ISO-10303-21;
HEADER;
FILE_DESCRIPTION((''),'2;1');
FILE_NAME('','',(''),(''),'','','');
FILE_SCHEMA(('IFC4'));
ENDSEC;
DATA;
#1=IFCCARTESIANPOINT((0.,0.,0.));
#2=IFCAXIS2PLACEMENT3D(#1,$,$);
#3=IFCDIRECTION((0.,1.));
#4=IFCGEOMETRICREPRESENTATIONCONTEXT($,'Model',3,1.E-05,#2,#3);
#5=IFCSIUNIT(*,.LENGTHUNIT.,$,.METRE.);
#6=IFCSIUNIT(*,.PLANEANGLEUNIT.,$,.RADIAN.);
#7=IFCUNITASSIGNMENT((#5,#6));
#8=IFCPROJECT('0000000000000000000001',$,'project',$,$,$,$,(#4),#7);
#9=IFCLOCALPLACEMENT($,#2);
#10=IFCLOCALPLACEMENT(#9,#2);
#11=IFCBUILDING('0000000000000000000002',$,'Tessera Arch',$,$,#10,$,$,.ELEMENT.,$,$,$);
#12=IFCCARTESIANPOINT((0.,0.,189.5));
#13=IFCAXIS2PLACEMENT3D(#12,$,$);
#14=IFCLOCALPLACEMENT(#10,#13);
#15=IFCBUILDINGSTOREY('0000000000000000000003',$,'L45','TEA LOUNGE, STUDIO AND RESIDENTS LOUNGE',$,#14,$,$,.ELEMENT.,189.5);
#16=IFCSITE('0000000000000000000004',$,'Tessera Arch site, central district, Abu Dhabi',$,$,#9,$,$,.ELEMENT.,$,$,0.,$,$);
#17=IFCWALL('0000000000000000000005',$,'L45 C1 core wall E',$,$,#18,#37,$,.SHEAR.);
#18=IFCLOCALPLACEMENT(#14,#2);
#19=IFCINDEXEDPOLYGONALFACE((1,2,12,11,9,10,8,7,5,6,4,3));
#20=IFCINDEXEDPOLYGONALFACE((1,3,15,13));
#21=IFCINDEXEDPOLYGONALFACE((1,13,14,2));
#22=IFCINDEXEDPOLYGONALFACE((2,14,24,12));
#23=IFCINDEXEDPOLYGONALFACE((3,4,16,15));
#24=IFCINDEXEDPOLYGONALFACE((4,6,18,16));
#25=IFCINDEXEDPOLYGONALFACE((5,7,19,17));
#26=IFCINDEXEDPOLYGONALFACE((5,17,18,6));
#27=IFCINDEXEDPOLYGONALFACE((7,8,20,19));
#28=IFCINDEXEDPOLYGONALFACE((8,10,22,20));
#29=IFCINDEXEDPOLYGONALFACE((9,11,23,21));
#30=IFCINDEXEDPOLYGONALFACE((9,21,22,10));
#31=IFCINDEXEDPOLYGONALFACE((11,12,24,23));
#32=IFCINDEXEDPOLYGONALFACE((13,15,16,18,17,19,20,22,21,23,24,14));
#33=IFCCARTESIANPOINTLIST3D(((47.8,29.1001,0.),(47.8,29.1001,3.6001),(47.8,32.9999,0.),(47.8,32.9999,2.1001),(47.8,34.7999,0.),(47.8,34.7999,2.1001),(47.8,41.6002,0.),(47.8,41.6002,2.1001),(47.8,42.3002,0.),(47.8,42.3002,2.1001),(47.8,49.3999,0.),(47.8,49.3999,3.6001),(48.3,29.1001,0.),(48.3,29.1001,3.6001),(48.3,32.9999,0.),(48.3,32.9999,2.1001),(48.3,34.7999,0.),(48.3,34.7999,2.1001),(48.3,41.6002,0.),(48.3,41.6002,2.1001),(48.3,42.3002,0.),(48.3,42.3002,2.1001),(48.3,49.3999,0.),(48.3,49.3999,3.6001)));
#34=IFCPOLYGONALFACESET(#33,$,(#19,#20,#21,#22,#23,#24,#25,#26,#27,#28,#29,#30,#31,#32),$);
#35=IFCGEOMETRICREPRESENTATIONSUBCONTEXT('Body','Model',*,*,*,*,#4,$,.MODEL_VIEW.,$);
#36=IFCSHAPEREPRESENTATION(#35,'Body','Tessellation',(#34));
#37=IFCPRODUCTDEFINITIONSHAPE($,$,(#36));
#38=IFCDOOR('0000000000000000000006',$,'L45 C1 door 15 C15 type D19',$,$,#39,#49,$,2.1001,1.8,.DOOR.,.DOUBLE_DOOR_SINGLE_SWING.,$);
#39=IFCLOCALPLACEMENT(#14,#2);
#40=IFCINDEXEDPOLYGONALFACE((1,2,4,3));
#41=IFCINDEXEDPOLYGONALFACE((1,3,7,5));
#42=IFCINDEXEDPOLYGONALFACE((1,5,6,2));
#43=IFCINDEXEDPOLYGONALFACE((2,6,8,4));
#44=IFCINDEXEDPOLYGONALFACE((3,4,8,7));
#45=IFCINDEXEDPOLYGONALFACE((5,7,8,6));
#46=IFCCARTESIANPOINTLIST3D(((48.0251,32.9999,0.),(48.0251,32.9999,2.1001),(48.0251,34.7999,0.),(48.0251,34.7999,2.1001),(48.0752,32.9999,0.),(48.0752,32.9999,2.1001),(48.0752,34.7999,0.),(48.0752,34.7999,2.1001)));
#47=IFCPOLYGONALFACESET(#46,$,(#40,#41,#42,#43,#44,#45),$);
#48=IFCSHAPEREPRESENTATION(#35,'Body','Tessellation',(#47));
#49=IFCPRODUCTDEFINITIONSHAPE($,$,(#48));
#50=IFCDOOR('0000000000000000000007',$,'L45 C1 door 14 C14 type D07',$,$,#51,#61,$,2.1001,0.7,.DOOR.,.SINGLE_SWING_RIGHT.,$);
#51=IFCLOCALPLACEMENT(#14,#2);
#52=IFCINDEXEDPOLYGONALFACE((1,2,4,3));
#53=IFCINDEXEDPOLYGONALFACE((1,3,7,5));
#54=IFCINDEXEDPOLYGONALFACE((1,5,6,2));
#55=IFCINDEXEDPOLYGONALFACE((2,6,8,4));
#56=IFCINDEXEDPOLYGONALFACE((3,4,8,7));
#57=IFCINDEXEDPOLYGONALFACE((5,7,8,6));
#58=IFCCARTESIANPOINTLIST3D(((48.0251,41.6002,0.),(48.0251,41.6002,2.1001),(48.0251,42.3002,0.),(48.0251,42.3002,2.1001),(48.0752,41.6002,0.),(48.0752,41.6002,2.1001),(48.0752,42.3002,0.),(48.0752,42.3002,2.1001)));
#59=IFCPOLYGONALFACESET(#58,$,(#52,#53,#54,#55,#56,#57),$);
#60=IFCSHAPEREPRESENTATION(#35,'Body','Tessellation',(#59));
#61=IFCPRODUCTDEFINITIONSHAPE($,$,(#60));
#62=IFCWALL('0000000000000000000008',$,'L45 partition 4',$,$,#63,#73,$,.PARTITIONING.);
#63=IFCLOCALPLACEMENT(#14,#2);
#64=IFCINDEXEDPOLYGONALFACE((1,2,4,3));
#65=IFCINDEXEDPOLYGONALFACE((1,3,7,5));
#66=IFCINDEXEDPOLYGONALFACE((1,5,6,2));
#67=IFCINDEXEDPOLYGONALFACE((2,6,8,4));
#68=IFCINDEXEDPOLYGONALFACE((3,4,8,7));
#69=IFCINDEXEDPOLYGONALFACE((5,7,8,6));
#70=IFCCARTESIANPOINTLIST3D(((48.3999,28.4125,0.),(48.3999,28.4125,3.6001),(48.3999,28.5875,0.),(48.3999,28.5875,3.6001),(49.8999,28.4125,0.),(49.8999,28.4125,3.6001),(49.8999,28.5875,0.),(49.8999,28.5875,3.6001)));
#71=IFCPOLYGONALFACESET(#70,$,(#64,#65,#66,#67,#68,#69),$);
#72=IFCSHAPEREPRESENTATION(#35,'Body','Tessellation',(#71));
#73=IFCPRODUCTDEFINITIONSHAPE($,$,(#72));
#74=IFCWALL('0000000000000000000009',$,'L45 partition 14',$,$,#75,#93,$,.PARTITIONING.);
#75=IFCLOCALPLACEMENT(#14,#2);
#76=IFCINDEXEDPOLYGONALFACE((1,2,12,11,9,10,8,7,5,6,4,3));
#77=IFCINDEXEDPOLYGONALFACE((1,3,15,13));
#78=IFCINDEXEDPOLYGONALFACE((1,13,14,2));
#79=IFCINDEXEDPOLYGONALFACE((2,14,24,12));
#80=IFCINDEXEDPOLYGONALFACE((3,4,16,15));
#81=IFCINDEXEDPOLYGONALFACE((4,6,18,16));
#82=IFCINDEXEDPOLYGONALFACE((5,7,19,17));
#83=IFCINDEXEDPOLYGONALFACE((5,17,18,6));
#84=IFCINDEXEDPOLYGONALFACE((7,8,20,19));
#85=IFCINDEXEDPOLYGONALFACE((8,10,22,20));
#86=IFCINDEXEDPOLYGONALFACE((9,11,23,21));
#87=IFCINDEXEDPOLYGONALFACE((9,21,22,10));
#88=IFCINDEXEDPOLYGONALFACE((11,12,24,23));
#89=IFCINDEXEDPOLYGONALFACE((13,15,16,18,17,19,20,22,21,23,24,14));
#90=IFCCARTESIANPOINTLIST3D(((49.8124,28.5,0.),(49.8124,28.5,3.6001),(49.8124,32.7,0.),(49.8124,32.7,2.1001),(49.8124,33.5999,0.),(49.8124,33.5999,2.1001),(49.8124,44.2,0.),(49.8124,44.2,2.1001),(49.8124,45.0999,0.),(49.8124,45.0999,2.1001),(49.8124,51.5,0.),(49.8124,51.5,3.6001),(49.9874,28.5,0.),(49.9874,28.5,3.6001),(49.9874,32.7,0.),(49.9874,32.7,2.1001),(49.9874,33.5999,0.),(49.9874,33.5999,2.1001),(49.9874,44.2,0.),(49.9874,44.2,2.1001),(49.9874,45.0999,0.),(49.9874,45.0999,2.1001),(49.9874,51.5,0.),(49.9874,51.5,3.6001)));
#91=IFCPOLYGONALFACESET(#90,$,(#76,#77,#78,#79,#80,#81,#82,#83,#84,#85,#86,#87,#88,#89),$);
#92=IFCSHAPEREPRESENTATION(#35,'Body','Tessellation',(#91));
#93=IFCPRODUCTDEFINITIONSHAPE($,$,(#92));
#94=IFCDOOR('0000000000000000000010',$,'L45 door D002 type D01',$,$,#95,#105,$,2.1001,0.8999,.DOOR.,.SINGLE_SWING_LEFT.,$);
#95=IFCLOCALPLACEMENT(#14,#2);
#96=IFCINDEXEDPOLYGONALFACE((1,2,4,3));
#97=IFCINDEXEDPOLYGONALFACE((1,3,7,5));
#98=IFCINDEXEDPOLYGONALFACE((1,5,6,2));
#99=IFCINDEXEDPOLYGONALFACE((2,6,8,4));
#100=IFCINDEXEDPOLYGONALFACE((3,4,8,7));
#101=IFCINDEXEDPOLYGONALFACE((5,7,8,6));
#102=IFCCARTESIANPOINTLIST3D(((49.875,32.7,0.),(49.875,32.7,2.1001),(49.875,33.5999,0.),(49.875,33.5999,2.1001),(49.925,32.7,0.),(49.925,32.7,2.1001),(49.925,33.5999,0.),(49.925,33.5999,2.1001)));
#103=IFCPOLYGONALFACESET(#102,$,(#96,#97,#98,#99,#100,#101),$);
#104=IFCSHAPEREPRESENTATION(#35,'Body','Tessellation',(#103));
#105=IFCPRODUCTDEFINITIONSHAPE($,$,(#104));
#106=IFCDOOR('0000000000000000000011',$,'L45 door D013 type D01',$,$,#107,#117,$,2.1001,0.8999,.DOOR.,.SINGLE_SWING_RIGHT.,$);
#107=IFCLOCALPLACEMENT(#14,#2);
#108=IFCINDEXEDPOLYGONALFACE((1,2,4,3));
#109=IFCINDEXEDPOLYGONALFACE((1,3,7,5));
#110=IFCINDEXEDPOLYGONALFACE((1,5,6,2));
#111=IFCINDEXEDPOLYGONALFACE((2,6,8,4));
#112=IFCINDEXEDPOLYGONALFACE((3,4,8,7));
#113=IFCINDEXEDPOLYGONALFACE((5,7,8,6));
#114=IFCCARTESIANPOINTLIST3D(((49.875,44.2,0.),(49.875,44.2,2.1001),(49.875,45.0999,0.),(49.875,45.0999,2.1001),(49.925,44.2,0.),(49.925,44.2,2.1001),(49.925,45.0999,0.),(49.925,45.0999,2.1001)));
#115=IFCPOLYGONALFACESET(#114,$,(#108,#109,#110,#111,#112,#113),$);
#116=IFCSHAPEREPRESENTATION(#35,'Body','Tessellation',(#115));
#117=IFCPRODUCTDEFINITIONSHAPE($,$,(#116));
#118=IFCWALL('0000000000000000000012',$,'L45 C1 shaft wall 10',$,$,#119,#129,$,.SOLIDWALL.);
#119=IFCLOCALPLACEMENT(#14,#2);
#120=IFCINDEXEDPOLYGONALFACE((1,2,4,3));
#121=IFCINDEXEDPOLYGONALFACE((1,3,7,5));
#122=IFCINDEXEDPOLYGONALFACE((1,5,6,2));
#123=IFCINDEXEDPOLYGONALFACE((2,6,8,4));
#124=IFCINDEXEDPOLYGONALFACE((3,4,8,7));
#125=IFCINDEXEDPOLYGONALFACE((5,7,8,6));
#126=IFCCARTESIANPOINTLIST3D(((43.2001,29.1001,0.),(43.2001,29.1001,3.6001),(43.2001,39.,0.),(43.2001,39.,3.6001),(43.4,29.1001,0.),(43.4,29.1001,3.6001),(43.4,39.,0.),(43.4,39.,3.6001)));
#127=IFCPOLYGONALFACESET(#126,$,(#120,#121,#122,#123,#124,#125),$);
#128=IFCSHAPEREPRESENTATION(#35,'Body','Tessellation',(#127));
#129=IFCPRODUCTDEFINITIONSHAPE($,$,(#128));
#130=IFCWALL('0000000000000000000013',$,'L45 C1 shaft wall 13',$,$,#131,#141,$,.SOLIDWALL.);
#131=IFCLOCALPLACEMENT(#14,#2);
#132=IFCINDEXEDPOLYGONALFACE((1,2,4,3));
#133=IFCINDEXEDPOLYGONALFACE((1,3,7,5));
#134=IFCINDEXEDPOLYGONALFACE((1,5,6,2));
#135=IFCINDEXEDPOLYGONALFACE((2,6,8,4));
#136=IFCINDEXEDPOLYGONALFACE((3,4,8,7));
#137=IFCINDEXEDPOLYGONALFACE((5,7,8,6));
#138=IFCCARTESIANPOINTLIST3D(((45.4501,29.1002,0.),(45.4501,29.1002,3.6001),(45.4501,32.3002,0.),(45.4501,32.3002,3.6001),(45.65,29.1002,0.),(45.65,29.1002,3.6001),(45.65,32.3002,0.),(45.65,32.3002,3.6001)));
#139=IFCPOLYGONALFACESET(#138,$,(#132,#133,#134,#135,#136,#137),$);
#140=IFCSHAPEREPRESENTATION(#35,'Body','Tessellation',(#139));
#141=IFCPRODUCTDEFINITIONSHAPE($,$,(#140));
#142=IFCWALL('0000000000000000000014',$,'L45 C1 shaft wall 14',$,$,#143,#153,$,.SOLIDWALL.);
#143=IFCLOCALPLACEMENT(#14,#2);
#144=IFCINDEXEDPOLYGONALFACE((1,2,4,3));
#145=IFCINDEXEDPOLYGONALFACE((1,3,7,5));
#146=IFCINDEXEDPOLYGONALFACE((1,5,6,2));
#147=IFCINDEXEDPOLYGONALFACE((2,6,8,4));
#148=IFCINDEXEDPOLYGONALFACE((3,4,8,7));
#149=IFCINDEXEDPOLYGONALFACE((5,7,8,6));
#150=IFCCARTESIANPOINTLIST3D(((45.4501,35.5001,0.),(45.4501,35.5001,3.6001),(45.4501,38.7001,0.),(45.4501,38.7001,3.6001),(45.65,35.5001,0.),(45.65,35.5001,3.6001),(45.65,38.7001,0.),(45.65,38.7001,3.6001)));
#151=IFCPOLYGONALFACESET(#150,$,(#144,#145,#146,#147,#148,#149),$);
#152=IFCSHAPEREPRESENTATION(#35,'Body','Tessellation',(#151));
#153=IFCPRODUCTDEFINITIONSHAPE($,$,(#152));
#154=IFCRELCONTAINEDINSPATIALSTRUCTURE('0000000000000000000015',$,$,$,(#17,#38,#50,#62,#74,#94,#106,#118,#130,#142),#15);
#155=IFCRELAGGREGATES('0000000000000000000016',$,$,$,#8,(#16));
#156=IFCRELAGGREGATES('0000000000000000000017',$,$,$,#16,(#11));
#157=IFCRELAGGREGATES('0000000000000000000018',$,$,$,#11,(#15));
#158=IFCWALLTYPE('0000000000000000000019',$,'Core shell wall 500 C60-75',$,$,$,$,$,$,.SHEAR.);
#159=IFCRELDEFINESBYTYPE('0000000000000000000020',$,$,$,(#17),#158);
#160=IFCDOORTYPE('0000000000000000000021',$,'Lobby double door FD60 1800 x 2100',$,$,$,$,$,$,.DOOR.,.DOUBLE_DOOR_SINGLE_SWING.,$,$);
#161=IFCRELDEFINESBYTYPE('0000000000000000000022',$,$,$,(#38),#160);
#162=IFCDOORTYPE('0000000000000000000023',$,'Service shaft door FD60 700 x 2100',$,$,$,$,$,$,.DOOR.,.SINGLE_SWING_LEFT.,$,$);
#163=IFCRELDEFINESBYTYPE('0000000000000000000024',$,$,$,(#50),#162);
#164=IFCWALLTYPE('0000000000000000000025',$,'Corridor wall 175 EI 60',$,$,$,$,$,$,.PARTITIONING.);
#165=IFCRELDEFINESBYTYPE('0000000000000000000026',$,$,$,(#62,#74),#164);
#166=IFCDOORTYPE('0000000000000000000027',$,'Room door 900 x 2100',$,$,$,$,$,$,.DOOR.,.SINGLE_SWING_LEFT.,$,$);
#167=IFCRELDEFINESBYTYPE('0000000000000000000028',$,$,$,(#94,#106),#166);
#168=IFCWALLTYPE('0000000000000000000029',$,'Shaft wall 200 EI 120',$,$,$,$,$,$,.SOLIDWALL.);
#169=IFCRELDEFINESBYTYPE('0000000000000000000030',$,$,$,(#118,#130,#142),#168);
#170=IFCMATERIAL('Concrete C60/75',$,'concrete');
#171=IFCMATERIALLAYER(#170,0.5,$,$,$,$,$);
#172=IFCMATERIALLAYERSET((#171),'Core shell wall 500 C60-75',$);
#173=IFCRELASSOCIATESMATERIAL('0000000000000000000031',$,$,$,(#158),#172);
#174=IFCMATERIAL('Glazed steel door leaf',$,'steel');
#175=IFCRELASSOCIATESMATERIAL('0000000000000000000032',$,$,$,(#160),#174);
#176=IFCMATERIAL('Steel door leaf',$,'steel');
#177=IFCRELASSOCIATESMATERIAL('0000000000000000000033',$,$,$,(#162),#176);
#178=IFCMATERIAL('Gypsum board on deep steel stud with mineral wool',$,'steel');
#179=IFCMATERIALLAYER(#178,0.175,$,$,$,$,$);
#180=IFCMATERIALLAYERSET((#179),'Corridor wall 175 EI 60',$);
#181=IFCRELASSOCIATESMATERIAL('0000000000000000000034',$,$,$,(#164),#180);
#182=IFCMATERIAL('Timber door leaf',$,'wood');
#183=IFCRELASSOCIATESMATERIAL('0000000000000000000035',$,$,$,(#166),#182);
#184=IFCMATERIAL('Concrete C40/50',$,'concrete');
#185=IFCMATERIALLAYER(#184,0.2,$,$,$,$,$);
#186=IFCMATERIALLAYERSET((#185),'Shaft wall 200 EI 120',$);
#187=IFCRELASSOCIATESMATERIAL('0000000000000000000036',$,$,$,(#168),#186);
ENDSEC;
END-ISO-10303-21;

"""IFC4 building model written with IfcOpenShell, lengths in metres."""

from ifc_helpers import new_model, si_unit, direction, frame, frame_2d, origin, place, context, subcontext, project, spatial, rectangle, extrude, material, layer, layer_set, type_object, element, fill, save


model = new_model("IFC4")

# Units and contexts
model_context = context("Model", 3, precision=1e-05, world=origin(), true_north=direction((0.0, 1.0)))
body_context = subcontext(model_context, "Body", "Model", "MODEL_VIEW")
ifc_project = project(units=[si_unit("LENGTHUNIT", "METRE"), si_unit("PLANEANGLEUNIT", "RADIAN")], contexts=[model_context])

# Site, building, storey
site_placement = place(None, origin())
site = spatial("IfcSite", under=ifc_project, at=site_placement, Name="Tessera Arch site, central district, Abu Dhabi", CompositionType="ELEMENT", RefElevation=0.0)
building_placement = place(site_placement, origin())
building = spatial("IfcBuilding", under=site, at=building_placement, Name="Tessera Arch", CompositionType="ELEMENT")
storey_placement = place(building_placement, frame((0.0, 0.0, 189.5)))
storey = spatial("IfcBuildingStorey", under=building, at=storey_placement, Name="L45", Description="TEA LOUNGE, STUDIO AND RESIDENTS LOUNGE", CompositionType="ELEMENT", Elevation=189.5)

# Wall, openings, doors
ifc_material_1 = material(Name="Concrete C60/75", Category="concrete")
ifc_layer_1 = layer(ifc_material_1, 0.5)
ifc_layer_set_1 = layer_set([ifc_layer_1], Name="Core shell wall 500 C60-75")
wall_type_1 = type_object("IfcWallType", Name="Core shell wall 500 C60-75", PredefinedType="SHEAR", material=ifc_layer_set_1)
wall_1_placement = place(storey_placement, frame((48.05, 29.1001, 0.0), z_axis=(0.0, 0.0, 1.0), x_axis=(0.0, 1.0, 0.0)))
wall_1 = element("IfcWall", 1, at=wall_1_placement, inside=storey, type_object=wall_type_1, Name="L45 C1 core wall E", PredefinedType="SHEAR", context=body_context, shape_type="SweptSolid", body=[
    extrude(rectangle(XDim=20.2998, YDim=0.5, at=frame_2d((10.1499, 0.0))), origin(), (0.0, 0.0, 1.0), 3.6001),
])
opening_1_placement = place(wall_1_placement, frame((12.5, 0.0, 0.0)))
opening_1 = element("IfcOpeningElement", 2, at=opening_1_placement, cuts=wall_1, PredefinedType="OPENING", context=body_context, shape_type="SweptSolid", body=[
    extrude(rectangle(XDim=0.7, YDim=2.1001, at=frame_2d((0.3501, 1.05))), frame((0.0, 0.26, 0.0), z_axis=(0.0, -1.0, 0.0), x_axis=(1.0, 0.0, 0.0)), (0.0, 0.0, 1.0), 0.52),
])
opening_2_placement = place(wall_1_placement, frame((3.8999, 0.0, 0.0)))
opening_2 = element("IfcOpeningElement", 3, at=opening_2_placement, cuts=wall_1, PredefinedType="OPENING", context=body_context, shape_type="SweptSolid", body=[
    extrude(rectangle(XDim=1.8, YDim=2.1001, at=frame_2d((0.8999, 1.05))), frame((0.0, 0.26, 0.0), z_axis=(0.0, -1.0, 0.0), x_axis=(1.0, 0.0, 0.0)), (0.0, 0.0, 1.0), 0.52),
])
ifc_material_2 = material(Name="Glazed steel door leaf", Category="steel")
door_type_1 = type_object("IfcDoorType", Name="Lobby double door FD60 1800 x 2100", OperationType="DOUBLE_DOOR_SINGLE_SWING", PredefinedType="DOOR", material=ifc_material_2)
door_1_placement = place(opening_2_placement, origin())
door_1 = element("IfcDoor", 4, at=door_1_placement, inside=storey, type_object=door_type_1, Name="L45 C1 door 15 C15 type D19", OperationType="DOUBLE_DOOR_SINGLE_SWING", OverallHeight=2.1001, OverallWidth=1.8, PredefinedType="DOOR", context=body_context, shape_type="SweptSolid", body=[
    extrude(rectangle(XDim=1.8, YDim=2.1001, at=frame_2d((0.8999, 1.05))), frame((0.0, 0.0249, 0.0), z_axis=(0.0, -1.0, 0.0), x_axis=(1.0, 0.0, 0.0)), (0.0, 0.0, 1.0), 0.05),
])
fill(opening_2, door_1)
ifc_material_3 = material(Name="Steel door leaf", Category="steel")
door_type_2 = type_object("IfcDoorType", Name="Service shaft door FD60 700 x 2100", OperationType="SINGLE_SWING_LEFT", PredefinedType="DOOR", material=ifc_material_3)
door_2_placement = place(opening_1_placement, origin())
door_2 = element("IfcDoor", 5, at=door_2_placement, inside=storey, type_object=door_type_2, Name="L45 C1 door 14 C14 type D07", OperationType="SINGLE_SWING_RIGHT", OverallHeight=2.1001, OverallWidth=0.7, PredefinedType="DOOR", context=body_context, shape_type="SweptSolid", body=[
    extrude(rectangle(XDim=0.7, YDim=2.1001, at=frame_2d((0.3501, 1.05))), frame((0.0, 0.0249, 0.0), z_axis=(0.0, -1.0, 0.0), x_axis=(1.0, 0.0, 0.0)), (0.0, 0.0, 1.0), 0.05),
])
fill(opening_1, door_2)

# Wall
ifc_material_4 = material(Name="Gypsum board on deep steel stud with mineral wool", Category="steel")
ifc_layer_2 = layer(ifc_material_4, 0.175)
ifc_layer_set_2 = layer_set([ifc_layer_2], Name="Corridor wall 175 EI 60")
wall_type_2 = type_object("IfcWallType", Name="Corridor wall 175 EI 60", PredefinedType="PARTITIONING", material=ifc_layer_set_2)
wall_2_placement = place(storey_placement, frame((48.3999, 28.5, 0.0), z_axis=(0.0, 0.0, 1.0), x_axis=(1.0, 0.0, 0.0)))
element("IfcWall", 6, at=wall_2_placement, inside=storey, type_object=wall_type_2, Name="L45 partition 4", PredefinedType="PARTITIONING", context=body_context, shape_type="SweptSolid", body=[
    extrude(rectangle(XDim=1.5, YDim=0.175, at=frame_2d((0.75, 0.0))), origin(), (0.0, 0.0, 1.0), 3.6001),
])

# Wall, openings, doors
wall_3_placement = place(storey_placement, frame((49.8999, 28.5, 0.0), z_axis=(0.0, 0.0, 1.0), x_axis=(0.0, 1.0, 0.0)))
wall_3 = element("IfcWall", 7, at=wall_3_placement, inside=storey, type_object=wall_type_2, Name="L45 partition 14", PredefinedType="PARTITIONING", context=body_context, shape_type="SweptSolid", body=[
    extrude(rectangle(XDim=23.0, YDim=0.175, at=frame_2d((11.5, 0.0))), origin(), (0.0, 0.0, 1.0), 3.6001),
])
opening_3_placement = place(wall_3_placement, frame((4.2, 0.0, 0.0)))
opening_3 = element("IfcOpeningElement", 8, at=opening_3_placement, cuts=wall_3, PredefinedType="OPENING", context=body_context, shape_type="SweptSolid", body=[
    extrude(rectangle(XDim=0.8999, YDim=2.1001, at=frame_2d((0.45, 1.05))), frame((0.0, 0.0974, 0.0), z_axis=(0.0, -1.0, 0.0), x_axis=(1.0, 0.0, 0.0)), (0.0, 0.0, 1.0), 0.1951),
])
opening_4_placement = place(wall_3_placement, frame((15.7, 0.0, 0.0)))
opening_4 = element("IfcOpeningElement", 9, at=opening_4_placement, cuts=wall_3, PredefinedType="OPENING", context=body_context, shape_type="SweptSolid", body=[
    extrude(rectangle(XDim=0.8999, YDim=2.1001, at=frame_2d((0.45, 1.05))), frame((0.0, 0.0974, 0.0), z_axis=(0.0, -1.0, 0.0), x_axis=(1.0, 0.0, 0.0)), (0.0, 0.0, 1.0), 0.1951),
])
ifc_material_5 = material(Name="Timber door leaf", Category="wood")
door_type_3 = type_object("IfcDoorType", Name="Room door 900 x 2100", OperationType="SINGLE_SWING_LEFT", PredefinedType="DOOR", material=ifc_material_5)
door_3_placement = place(opening_3_placement, origin())
door_3 = element("IfcDoor", 10, at=door_3_placement, inside=storey, type_object=door_type_3, Name="L45 door D002 type D01", OperationType="SINGLE_SWING_LEFT", OverallHeight=2.1001, OverallWidth=0.8999, PredefinedType="DOOR", context=body_context, shape_type="SweptSolid", body=[
    extrude(rectangle(XDim=0.8999, YDim=2.1001, at=frame_2d((0.45, 1.05))), frame((0.0, 0.0249, 0.0), z_axis=(0.0, -1.0, 0.0), x_axis=(1.0, 0.0, 0.0)), (0.0, 0.0, 1.0), 0.05),
])
fill(opening_3, door_3)
door_4_placement = place(opening_4_placement, origin())
door_4 = element("IfcDoor", 11, at=door_4_placement, inside=storey, type_object=door_type_3, Name="L45 door D013 type D01", OperationType="SINGLE_SWING_RIGHT", OverallHeight=2.1001, OverallWidth=0.8999, PredefinedType="DOOR", context=body_context, shape_type="SweptSolid", body=[
    extrude(rectangle(XDim=0.8999, YDim=2.1001, at=frame_2d((0.45, 1.05))), frame((0.0, 0.0249, 0.0), z_axis=(0.0, -1.0, 0.0), x_axis=(1.0, 0.0, 0.0)), (0.0, 0.0, 1.0), 0.05),
])
fill(opening_4, door_4)

# Walls
ifc_material_6 = material(Name="Concrete C40/50", Category="concrete")
ifc_layer_3 = layer(ifc_material_6, 0.2)
ifc_layer_set_3 = layer_set([ifc_layer_3], Name="Shaft wall 200 EI 120")
wall_type_3 = type_object("IfcWallType", Name="Shaft wall 200 EI 120", PredefinedType="SOLIDWALL", material=ifc_layer_set_3)
wall_4_placement = place(storey_placement, frame((43.3, 29.1001, 0.0), z_axis=(0.0, 0.0, 1.0), x_axis=(0.0, 1.0, 0.0)))
element("IfcWall", 12, at=wall_4_placement, inside=storey, type_object=wall_type_3, Name="L45 C1 shaft wall 10", PredefinedType="SOLIDWALL", context=body_context, shape_type="SweptSolid", body=[
    extrude(rectangle(XDim=9.8999, YDim=0.2, at=frame_2d((4.95, 0.0))), origin(), (0.0, 0.0, 1.0), 3.6001),
])
for number, where, z_axis, x_axis, name in (
    (13, (45.55, 29.1001, 0.0), (0.0, 0.0, 1.0), (0.0, 1.0, 0.0), "L45 C1 shaft wall 13"),
    (14, (45.55, 35.5, 0.0), (0.0, 0.0, 1.0), (0.0, 1.0, 0.0), "L45 C1 shaft wall 14"),
):
    element("IfcWall", number, at=place(storey_placement, frame(where, z_axis=z_axis, x_axis=x_axis)), inside=storey, type_object=wall_type_3, Name=name, PredefinedType="SOLIDWALL", context=body_context, shape_type="SweptSolid", body=[
        extrude(rectangle(XDim=3.2, YDim=0.2, at=frame_2d((1.6001, 0.0))), origin(), (0.0, 0.0, 1.0), 3.6001),
    ])

save(model, "model.ifc")
